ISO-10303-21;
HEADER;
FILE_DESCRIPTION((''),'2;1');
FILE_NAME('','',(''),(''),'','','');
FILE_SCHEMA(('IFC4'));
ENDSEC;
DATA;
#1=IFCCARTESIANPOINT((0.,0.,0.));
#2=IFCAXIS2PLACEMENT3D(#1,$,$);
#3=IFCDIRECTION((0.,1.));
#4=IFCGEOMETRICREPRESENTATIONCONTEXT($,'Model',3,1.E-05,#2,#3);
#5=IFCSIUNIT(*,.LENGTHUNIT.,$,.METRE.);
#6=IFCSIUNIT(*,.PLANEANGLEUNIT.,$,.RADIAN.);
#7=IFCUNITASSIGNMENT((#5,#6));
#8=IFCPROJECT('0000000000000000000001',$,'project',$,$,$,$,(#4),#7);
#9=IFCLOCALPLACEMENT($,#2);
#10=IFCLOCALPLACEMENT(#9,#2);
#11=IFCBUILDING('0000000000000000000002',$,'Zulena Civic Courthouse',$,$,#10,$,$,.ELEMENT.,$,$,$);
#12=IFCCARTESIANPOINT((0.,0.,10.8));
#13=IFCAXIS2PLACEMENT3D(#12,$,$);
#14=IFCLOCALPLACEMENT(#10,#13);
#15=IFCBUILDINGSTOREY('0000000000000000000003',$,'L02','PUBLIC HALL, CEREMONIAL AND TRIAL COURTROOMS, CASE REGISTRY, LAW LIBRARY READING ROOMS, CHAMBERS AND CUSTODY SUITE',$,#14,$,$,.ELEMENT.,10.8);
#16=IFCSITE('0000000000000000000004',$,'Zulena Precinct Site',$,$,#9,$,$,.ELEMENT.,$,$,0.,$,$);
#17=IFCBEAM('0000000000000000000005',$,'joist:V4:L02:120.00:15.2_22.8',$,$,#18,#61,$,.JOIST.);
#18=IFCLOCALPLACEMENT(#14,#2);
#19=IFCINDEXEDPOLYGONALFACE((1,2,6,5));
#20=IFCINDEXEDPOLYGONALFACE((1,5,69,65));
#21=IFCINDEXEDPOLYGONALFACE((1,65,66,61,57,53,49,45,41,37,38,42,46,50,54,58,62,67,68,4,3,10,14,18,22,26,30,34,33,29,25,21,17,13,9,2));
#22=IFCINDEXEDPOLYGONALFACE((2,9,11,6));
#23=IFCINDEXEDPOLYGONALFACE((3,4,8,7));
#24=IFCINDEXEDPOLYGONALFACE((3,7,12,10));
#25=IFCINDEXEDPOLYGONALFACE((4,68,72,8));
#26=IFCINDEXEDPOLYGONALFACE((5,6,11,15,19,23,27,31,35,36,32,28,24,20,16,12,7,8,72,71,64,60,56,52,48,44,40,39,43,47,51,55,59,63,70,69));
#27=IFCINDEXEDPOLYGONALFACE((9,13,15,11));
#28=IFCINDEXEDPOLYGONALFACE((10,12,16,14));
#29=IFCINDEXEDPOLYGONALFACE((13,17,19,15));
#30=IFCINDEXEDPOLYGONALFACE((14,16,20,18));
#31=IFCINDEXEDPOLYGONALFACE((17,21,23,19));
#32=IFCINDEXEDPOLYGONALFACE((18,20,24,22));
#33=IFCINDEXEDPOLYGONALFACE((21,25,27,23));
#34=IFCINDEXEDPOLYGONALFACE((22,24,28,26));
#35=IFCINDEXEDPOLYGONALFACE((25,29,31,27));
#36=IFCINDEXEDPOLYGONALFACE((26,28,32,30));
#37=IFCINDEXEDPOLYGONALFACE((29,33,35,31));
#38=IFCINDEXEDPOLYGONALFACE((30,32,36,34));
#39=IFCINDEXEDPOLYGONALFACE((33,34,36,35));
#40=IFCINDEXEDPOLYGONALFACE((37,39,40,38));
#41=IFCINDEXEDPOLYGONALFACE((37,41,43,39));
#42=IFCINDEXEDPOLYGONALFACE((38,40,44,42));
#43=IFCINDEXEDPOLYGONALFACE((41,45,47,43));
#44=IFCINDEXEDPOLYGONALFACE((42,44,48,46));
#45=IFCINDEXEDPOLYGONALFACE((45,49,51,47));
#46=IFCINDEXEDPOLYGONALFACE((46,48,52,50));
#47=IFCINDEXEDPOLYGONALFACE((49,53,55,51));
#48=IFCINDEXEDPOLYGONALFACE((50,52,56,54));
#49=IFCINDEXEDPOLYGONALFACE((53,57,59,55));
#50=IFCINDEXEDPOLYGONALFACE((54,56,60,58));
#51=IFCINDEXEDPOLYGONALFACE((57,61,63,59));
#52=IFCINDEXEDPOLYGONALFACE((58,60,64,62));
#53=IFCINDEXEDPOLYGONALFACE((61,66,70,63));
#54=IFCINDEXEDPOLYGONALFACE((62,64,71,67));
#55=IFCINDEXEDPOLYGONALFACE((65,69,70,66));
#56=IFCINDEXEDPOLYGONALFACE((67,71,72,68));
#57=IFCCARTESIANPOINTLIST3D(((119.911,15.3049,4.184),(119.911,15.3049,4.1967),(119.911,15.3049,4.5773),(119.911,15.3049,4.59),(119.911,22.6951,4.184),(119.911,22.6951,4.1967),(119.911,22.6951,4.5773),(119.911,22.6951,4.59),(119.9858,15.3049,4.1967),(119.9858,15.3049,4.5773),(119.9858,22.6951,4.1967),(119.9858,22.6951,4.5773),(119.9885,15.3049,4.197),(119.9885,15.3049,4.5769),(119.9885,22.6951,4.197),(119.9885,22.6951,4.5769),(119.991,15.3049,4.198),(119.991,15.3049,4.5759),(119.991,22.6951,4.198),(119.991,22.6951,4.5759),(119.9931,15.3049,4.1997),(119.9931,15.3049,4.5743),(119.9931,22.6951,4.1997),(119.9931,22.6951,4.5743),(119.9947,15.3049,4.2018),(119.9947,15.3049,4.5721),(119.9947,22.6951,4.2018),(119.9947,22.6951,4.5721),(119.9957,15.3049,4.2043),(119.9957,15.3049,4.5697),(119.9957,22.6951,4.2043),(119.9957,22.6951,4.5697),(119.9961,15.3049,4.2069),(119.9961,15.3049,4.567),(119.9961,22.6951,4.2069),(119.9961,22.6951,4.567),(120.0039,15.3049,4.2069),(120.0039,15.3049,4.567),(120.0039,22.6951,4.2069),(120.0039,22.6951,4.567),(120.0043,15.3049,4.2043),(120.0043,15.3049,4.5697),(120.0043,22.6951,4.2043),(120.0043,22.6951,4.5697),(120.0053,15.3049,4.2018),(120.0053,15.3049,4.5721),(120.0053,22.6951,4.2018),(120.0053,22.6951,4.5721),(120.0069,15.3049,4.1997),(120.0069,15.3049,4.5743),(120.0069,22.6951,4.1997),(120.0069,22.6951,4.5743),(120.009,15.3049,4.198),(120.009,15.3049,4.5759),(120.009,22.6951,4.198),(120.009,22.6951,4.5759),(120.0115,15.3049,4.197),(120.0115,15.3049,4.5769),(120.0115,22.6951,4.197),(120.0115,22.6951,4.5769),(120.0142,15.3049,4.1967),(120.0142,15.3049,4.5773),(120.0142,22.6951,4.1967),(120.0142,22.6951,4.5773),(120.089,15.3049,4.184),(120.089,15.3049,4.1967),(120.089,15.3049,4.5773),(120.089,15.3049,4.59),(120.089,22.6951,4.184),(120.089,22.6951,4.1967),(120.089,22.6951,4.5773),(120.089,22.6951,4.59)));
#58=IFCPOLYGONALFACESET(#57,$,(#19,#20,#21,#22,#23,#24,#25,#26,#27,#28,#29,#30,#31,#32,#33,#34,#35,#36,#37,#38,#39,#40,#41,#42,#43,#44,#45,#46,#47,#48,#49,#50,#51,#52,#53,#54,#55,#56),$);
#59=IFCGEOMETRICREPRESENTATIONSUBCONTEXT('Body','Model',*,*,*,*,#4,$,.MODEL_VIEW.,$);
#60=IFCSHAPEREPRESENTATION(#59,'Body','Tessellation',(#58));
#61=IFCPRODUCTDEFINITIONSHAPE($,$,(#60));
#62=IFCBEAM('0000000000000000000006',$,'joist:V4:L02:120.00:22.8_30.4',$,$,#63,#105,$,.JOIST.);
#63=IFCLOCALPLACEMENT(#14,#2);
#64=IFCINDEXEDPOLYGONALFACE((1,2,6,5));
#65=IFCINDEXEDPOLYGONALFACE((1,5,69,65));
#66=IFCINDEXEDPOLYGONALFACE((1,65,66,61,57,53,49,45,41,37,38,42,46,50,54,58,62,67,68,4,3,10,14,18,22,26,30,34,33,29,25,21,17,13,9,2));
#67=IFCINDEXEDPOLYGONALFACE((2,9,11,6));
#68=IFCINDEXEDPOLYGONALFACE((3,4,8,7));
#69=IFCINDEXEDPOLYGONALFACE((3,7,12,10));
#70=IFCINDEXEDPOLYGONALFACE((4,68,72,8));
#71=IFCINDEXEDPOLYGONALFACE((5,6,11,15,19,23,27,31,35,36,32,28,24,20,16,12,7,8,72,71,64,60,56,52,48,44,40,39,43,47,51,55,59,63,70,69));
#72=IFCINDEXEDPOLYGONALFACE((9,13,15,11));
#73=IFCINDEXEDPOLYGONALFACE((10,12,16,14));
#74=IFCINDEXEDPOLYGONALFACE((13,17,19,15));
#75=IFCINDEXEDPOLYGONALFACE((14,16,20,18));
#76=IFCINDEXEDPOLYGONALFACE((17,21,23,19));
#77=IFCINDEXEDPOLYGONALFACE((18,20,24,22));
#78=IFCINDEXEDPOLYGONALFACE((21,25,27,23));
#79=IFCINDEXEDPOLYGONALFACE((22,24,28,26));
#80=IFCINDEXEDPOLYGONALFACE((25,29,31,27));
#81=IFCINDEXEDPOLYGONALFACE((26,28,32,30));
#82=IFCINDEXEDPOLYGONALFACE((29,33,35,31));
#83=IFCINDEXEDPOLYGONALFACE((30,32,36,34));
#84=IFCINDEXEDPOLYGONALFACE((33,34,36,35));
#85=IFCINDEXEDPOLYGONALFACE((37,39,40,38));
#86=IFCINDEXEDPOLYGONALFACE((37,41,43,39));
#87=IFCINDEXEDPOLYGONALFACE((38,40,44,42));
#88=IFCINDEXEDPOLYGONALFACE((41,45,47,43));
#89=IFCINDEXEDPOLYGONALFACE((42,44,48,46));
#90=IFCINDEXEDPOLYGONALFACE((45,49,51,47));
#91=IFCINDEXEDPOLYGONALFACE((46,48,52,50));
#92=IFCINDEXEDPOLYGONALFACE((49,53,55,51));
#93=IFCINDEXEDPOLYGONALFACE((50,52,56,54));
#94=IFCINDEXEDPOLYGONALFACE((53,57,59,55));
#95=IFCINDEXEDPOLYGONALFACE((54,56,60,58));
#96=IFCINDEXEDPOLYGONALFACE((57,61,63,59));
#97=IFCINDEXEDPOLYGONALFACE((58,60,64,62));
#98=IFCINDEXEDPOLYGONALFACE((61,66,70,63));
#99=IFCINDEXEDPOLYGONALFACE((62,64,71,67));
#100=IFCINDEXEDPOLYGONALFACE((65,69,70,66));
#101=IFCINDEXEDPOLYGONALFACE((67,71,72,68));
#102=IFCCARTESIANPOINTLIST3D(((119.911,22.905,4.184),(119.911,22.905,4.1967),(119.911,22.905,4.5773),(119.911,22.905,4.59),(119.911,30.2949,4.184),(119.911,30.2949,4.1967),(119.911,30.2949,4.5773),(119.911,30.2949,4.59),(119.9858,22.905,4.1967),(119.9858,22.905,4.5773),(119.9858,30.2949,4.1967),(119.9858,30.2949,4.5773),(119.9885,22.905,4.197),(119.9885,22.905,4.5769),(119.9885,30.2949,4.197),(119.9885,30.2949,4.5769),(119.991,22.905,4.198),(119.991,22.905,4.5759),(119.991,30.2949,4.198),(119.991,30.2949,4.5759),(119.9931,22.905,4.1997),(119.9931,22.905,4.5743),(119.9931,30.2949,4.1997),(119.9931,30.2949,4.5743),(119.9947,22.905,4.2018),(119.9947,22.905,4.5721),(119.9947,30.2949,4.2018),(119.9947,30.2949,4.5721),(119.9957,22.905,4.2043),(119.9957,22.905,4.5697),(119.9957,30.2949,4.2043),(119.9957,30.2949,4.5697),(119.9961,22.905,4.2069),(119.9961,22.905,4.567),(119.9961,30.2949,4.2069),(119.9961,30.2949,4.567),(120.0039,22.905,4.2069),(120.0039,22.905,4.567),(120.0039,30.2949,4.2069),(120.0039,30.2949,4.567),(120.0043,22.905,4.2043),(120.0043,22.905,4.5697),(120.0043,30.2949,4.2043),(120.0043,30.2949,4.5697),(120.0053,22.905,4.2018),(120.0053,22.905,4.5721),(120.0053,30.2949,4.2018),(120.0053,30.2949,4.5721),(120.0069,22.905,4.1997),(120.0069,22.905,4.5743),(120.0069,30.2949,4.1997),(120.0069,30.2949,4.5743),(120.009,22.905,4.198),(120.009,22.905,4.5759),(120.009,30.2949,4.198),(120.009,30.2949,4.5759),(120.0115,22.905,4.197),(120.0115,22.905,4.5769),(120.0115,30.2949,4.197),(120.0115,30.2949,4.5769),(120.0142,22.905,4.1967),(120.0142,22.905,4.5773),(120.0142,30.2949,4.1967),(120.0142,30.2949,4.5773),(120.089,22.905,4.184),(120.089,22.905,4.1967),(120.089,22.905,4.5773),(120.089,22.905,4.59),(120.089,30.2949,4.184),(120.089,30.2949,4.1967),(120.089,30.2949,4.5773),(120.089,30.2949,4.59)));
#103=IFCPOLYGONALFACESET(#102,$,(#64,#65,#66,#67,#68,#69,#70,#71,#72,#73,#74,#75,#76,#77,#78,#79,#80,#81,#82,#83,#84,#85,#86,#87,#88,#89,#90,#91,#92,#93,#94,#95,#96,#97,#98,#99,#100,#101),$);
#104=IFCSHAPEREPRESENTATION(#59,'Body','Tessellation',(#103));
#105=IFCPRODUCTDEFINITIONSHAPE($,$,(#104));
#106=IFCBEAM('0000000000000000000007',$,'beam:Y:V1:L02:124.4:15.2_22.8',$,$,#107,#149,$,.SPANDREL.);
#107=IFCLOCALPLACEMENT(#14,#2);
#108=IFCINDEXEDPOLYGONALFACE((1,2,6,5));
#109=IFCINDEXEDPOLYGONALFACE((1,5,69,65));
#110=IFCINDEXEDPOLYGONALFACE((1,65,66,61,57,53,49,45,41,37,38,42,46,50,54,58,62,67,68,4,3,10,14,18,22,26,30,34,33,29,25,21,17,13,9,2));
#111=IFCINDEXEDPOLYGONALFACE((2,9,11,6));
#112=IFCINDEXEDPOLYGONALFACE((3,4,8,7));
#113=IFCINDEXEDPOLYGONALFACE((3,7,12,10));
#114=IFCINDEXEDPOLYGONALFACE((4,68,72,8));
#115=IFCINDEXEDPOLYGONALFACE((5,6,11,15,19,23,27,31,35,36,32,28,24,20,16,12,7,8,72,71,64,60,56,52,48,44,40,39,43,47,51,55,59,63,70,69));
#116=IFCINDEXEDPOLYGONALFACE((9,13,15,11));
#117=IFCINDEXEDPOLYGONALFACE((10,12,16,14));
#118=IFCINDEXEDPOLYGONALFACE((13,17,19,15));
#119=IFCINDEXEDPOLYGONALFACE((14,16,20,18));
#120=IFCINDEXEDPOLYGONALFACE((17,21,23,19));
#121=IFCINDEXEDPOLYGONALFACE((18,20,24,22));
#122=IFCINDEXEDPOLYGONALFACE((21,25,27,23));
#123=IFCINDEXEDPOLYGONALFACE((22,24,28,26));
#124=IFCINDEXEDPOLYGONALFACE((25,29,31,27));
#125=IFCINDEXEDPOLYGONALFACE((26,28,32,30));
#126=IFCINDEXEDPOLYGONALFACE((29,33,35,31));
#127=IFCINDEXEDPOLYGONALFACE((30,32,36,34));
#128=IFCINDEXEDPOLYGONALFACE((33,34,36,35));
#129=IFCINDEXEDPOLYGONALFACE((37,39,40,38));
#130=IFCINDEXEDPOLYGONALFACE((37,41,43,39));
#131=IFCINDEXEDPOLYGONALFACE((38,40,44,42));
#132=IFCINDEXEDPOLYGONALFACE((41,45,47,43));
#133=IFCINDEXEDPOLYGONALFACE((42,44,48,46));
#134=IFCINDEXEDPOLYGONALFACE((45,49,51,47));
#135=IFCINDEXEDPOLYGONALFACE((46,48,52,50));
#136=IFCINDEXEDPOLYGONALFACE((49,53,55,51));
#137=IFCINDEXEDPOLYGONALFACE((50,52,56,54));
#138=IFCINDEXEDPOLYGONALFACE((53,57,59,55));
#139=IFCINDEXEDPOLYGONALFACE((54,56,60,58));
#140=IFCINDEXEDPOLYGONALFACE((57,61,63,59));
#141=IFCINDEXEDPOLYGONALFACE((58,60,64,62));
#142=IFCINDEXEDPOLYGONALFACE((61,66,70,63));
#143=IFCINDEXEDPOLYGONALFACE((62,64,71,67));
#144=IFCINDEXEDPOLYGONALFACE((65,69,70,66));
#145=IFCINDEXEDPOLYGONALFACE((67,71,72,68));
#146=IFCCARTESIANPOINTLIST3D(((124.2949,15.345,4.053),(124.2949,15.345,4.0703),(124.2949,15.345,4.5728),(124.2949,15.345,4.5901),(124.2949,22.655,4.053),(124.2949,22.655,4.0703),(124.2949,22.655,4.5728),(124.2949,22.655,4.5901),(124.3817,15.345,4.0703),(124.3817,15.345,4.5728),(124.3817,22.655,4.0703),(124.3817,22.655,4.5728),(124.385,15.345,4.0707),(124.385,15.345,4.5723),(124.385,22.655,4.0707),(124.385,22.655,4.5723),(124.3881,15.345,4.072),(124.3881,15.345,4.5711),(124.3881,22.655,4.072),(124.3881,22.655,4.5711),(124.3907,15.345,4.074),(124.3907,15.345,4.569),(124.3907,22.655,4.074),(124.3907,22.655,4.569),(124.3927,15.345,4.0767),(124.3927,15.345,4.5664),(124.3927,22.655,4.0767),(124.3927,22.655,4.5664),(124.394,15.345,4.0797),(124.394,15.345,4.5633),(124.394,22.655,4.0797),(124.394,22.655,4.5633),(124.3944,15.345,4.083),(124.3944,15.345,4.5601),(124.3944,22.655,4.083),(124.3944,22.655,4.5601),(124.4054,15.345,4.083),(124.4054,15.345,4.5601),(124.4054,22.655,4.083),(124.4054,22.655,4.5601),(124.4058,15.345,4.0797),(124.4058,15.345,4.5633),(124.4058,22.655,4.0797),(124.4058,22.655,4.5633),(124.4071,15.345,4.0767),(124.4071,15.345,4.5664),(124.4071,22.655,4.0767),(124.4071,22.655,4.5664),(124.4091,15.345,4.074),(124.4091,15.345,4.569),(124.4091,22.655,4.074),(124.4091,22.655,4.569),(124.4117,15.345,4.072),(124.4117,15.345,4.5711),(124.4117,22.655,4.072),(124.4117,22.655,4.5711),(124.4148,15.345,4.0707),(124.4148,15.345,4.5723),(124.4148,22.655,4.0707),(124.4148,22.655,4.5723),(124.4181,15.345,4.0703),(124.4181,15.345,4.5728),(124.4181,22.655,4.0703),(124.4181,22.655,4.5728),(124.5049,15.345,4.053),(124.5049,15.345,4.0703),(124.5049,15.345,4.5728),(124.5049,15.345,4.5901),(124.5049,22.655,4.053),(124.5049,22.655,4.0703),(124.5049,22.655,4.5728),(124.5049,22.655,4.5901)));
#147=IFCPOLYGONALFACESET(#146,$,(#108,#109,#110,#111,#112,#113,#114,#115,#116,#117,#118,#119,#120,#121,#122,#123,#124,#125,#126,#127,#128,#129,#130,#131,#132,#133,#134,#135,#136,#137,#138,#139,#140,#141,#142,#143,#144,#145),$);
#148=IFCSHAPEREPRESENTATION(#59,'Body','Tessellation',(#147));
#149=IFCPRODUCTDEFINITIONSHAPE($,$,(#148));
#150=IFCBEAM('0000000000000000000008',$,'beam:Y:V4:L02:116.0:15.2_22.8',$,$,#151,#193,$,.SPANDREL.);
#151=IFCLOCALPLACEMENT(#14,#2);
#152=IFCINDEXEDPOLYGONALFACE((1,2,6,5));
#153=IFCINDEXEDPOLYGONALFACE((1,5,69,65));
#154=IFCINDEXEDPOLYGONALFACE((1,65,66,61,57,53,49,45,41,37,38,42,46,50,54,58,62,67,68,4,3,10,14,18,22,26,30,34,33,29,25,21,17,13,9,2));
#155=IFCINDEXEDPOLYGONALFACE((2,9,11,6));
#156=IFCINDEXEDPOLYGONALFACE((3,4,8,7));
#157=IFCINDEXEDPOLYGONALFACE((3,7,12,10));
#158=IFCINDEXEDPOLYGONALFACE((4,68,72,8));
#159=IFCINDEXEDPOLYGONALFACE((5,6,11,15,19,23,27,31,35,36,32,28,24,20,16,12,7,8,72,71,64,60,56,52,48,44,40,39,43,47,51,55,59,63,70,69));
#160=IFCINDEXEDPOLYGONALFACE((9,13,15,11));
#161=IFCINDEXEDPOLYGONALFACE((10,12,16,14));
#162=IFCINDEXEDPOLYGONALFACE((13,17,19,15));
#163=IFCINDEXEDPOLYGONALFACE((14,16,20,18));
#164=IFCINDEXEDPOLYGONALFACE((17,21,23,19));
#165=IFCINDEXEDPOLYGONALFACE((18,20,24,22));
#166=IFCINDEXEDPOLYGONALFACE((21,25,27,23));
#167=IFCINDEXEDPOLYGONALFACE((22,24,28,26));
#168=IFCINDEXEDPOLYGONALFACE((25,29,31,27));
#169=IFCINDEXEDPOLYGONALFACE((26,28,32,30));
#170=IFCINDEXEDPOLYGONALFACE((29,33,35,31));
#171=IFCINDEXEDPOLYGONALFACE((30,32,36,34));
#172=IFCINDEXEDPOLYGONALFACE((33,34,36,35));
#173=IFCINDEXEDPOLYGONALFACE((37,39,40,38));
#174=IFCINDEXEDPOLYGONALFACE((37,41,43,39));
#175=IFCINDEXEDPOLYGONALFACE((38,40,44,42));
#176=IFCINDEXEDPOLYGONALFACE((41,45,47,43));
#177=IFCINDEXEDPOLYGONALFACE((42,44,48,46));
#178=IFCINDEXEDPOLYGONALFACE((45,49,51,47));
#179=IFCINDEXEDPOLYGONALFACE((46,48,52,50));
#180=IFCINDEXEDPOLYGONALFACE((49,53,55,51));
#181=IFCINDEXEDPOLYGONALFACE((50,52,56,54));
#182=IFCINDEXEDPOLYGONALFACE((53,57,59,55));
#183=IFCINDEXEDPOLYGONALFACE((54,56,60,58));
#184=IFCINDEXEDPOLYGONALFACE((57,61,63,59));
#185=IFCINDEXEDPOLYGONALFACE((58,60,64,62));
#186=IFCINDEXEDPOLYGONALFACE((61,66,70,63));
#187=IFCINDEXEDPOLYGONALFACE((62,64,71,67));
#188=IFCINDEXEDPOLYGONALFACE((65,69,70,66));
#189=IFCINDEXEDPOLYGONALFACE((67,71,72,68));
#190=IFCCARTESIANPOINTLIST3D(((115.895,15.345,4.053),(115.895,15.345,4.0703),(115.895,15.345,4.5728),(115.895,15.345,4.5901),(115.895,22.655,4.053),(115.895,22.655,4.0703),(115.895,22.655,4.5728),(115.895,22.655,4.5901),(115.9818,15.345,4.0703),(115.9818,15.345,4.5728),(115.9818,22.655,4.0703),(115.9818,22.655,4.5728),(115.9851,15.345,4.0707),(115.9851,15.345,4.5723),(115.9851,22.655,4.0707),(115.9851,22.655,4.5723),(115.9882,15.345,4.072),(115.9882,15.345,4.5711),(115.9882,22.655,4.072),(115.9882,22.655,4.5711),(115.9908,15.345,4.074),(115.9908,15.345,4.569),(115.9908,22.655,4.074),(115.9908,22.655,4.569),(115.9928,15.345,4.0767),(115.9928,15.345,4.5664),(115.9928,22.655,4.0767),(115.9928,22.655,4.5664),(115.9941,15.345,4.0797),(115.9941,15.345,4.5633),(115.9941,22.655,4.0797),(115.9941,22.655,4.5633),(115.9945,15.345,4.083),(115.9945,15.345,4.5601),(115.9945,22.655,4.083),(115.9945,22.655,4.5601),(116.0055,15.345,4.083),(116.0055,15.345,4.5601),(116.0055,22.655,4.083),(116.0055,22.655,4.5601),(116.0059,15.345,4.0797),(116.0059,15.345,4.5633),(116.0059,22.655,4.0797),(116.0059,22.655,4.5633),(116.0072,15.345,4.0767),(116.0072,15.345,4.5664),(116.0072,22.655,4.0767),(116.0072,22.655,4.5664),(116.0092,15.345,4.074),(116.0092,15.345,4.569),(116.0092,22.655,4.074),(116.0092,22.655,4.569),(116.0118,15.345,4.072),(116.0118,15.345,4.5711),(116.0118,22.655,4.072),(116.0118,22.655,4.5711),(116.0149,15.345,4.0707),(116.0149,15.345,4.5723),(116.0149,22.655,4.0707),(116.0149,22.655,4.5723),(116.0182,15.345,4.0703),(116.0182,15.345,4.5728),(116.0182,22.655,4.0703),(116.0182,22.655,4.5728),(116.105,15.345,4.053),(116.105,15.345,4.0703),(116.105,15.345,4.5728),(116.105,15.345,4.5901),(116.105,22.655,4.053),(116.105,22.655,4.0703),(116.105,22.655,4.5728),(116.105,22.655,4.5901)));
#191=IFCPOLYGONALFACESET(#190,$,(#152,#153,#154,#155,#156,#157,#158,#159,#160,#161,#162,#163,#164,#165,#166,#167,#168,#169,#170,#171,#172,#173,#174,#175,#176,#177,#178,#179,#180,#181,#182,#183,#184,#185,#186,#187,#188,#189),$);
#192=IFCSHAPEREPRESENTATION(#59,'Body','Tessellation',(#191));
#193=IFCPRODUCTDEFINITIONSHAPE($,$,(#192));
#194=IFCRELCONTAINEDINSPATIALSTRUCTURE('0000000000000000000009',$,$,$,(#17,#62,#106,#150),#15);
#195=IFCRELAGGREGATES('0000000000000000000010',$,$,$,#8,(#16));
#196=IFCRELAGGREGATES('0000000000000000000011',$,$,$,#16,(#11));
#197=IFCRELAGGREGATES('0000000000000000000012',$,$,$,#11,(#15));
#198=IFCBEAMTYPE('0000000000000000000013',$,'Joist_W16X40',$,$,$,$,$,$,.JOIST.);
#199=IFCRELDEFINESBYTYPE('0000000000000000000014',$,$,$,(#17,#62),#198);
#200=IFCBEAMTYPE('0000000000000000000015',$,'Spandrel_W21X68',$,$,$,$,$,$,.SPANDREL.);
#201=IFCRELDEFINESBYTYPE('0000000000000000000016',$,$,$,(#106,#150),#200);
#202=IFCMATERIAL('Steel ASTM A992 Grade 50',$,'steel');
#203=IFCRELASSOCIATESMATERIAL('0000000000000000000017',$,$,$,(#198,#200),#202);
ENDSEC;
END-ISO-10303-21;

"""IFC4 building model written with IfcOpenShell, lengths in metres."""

from ifc_helpers import new_model, si_unit, direction, frame, origin, origin_2d, place, context, subcontext, project, spatial, i_section, extrude, material, material_profile, profile_set, type_object, element, save


model = new_model("IFC4")

# Units and contexts
model_context = context("Model", 3, precision=1e-05, world=origin(), true_north=direction((0.0, 1.0)))
body_context = subcontext(model_context, "Body", "Model", "MODEL_VIEW")
ifc_project = project(units=[si_unit("LENGTHUNIT", "METRE"), si_unit("PLANEANGLEUNIT", "RADIAN")], contexts=[model_context])

# Site, building, storey
site_placement = place(None, origin())
site = spatial("IfcSite", under=ifc_project, at=site_placement, Name="Zulena Precinct Site", CompositionType="ELEMENT", RefElevation=0.0)
building_placement = place(site_placement, origin())
building = spatial("IfcBuilding", under=site, at=building_placement, Name="Zulena Civic Courthouse", CompositionType="ELEMENT")
storey_placement = place(building_placement, frame((0.0, 0.0, 10.8)))
storey = spatial("IfcBuildingStorey", under=building, at=storey_placement, Name="L02", Description="PUBLIC HALL, CEREMONIAL AND TRIAL COURTROOMS, CASE REGISTRY, LAW LIBRARY READING ROOMS, CHAMBERS AND CUSTODY SUITE", CompositionType="ELEMENT", Elevation=10.8)

# Shared definitions
ifc_material_1 = material(Name="Steel ASTM A992 Grade 50", Category="steel")

# Beams
ifc_material_profile_1 = material_profile(ifc_material_1, i_section(OverallWidth=0.178, OverallDepth=0.406, WebThickness=0.0078, FlangeThickness=0.0127, FilletRadius=0.0103, at=origin_2d()), Name="W16X40")
ifc_profile_set_1 = profile_set([ifc_material_profile_1], Name="Steel ASTM A992 Grade 50")
beam_type_1 = type_object("IfcBeamType", Name="Joist_W16X40", PredefinedType="JOIST", material=ifc_profile_set_1)
beam_1_placement = place(storey_placement, frame((120.0, 15.3049, 4.387), z_axis=(0.0, 1.0, 0.0), x_axis=(-1.0, 0.0, 0.0)))
element("IfcBeam", 1, at=beam_1_placement, inside=storey, type_object=beam_type_1, Name="joist:V4:L02:120.00:15.2_22.8", PredefinedType="JOIST", context=body_context, shape_type="SweptSolid", body=[
    extrude(i_section(OverallWidth=0.178, OverallDepth=0.406, WebThickness=0.0078, FlangeThickness=0.0127, FilletRadius=0.0103, at=origin_2d()), origin(), (0.0, 0.0, 1.0), 7.3901),
])
beam_2_placement = place(storey_placement, frame((120.0, 22.905, 4.387), z_axis=(0.0, 1.0, 0.0), x_axis=(-1.0, 0.0, 0.0)))
element("IfcBeam", 2, at=beam_2_placement, inside=storey, type_object=beam_type_1, Name="joist:V4:L02:120.00:22.8_30.4", PredefinedType="JOIST", context=body_context, shape_type="SweptSolid", body=[
    extrude(i_section(OverallWidth=0.178, OverallDepth=0.406, WebThickness=0.0078, FlangeThickness=0.0127, FilletRadius=0.0103, at=origin_2d()), origin(), (0.0, 0.0, 1.0), 7.3899),
])
ifc_material_profile_2 = material_profile(ifc_material_1, i_section(OverallWidth=0.21, OverallDepth=0.5371, WebThickness=0.011, FlangeThickness=0.0173, FilletRadius=0.0127, at=origin_2d()), Name="W21X68")
ifc_profile_set_2 = profile_set([ifc_material_profile_2], Name="Steel ASTM A992 Grade 50")
beam_type_2 = type_object("IfcBeamType", Name="Spandrel_W21X68", PredefinedType="SPANDREL", material=ifc_profile_set_2)
for number, where, z_axis, x_axis, name in (
    (3, (124.3999, 15.345, 4.3215), (0.0, 1.0, 0.0), (-1.0, 0.0, 0.0), "beam:Y:V1:L02:124.4:15.2_22.8"),
    (4, (116.0, 15.345, 4.3215), (0.0, 1.0, 0.0), (-1.0, 0.0, 0.0), "beam:Y:V4:L02:116.0:15.2_22.8"),
):
    element("IfcBeam", number, at=place(storey_placement, frame(where, z_axis=z_axis, x_axis=x_axis)), inside=storey, type_object=beam_type_2, Name=name, PredefinedType="SPANDREL", context=body_context, shape_type="SweptSolid", body=[
        extrude(i_section(OverallWidth=0.21, OverallDepth=0.5371, WebThickness=0.011, FlangeThickness=0.0173, FilletRadius=0.0127, at=origin_2d()), origin(), (0.0, 0.0, 1.0), 7.3101),
    ])

save(model, "model.ifc")
